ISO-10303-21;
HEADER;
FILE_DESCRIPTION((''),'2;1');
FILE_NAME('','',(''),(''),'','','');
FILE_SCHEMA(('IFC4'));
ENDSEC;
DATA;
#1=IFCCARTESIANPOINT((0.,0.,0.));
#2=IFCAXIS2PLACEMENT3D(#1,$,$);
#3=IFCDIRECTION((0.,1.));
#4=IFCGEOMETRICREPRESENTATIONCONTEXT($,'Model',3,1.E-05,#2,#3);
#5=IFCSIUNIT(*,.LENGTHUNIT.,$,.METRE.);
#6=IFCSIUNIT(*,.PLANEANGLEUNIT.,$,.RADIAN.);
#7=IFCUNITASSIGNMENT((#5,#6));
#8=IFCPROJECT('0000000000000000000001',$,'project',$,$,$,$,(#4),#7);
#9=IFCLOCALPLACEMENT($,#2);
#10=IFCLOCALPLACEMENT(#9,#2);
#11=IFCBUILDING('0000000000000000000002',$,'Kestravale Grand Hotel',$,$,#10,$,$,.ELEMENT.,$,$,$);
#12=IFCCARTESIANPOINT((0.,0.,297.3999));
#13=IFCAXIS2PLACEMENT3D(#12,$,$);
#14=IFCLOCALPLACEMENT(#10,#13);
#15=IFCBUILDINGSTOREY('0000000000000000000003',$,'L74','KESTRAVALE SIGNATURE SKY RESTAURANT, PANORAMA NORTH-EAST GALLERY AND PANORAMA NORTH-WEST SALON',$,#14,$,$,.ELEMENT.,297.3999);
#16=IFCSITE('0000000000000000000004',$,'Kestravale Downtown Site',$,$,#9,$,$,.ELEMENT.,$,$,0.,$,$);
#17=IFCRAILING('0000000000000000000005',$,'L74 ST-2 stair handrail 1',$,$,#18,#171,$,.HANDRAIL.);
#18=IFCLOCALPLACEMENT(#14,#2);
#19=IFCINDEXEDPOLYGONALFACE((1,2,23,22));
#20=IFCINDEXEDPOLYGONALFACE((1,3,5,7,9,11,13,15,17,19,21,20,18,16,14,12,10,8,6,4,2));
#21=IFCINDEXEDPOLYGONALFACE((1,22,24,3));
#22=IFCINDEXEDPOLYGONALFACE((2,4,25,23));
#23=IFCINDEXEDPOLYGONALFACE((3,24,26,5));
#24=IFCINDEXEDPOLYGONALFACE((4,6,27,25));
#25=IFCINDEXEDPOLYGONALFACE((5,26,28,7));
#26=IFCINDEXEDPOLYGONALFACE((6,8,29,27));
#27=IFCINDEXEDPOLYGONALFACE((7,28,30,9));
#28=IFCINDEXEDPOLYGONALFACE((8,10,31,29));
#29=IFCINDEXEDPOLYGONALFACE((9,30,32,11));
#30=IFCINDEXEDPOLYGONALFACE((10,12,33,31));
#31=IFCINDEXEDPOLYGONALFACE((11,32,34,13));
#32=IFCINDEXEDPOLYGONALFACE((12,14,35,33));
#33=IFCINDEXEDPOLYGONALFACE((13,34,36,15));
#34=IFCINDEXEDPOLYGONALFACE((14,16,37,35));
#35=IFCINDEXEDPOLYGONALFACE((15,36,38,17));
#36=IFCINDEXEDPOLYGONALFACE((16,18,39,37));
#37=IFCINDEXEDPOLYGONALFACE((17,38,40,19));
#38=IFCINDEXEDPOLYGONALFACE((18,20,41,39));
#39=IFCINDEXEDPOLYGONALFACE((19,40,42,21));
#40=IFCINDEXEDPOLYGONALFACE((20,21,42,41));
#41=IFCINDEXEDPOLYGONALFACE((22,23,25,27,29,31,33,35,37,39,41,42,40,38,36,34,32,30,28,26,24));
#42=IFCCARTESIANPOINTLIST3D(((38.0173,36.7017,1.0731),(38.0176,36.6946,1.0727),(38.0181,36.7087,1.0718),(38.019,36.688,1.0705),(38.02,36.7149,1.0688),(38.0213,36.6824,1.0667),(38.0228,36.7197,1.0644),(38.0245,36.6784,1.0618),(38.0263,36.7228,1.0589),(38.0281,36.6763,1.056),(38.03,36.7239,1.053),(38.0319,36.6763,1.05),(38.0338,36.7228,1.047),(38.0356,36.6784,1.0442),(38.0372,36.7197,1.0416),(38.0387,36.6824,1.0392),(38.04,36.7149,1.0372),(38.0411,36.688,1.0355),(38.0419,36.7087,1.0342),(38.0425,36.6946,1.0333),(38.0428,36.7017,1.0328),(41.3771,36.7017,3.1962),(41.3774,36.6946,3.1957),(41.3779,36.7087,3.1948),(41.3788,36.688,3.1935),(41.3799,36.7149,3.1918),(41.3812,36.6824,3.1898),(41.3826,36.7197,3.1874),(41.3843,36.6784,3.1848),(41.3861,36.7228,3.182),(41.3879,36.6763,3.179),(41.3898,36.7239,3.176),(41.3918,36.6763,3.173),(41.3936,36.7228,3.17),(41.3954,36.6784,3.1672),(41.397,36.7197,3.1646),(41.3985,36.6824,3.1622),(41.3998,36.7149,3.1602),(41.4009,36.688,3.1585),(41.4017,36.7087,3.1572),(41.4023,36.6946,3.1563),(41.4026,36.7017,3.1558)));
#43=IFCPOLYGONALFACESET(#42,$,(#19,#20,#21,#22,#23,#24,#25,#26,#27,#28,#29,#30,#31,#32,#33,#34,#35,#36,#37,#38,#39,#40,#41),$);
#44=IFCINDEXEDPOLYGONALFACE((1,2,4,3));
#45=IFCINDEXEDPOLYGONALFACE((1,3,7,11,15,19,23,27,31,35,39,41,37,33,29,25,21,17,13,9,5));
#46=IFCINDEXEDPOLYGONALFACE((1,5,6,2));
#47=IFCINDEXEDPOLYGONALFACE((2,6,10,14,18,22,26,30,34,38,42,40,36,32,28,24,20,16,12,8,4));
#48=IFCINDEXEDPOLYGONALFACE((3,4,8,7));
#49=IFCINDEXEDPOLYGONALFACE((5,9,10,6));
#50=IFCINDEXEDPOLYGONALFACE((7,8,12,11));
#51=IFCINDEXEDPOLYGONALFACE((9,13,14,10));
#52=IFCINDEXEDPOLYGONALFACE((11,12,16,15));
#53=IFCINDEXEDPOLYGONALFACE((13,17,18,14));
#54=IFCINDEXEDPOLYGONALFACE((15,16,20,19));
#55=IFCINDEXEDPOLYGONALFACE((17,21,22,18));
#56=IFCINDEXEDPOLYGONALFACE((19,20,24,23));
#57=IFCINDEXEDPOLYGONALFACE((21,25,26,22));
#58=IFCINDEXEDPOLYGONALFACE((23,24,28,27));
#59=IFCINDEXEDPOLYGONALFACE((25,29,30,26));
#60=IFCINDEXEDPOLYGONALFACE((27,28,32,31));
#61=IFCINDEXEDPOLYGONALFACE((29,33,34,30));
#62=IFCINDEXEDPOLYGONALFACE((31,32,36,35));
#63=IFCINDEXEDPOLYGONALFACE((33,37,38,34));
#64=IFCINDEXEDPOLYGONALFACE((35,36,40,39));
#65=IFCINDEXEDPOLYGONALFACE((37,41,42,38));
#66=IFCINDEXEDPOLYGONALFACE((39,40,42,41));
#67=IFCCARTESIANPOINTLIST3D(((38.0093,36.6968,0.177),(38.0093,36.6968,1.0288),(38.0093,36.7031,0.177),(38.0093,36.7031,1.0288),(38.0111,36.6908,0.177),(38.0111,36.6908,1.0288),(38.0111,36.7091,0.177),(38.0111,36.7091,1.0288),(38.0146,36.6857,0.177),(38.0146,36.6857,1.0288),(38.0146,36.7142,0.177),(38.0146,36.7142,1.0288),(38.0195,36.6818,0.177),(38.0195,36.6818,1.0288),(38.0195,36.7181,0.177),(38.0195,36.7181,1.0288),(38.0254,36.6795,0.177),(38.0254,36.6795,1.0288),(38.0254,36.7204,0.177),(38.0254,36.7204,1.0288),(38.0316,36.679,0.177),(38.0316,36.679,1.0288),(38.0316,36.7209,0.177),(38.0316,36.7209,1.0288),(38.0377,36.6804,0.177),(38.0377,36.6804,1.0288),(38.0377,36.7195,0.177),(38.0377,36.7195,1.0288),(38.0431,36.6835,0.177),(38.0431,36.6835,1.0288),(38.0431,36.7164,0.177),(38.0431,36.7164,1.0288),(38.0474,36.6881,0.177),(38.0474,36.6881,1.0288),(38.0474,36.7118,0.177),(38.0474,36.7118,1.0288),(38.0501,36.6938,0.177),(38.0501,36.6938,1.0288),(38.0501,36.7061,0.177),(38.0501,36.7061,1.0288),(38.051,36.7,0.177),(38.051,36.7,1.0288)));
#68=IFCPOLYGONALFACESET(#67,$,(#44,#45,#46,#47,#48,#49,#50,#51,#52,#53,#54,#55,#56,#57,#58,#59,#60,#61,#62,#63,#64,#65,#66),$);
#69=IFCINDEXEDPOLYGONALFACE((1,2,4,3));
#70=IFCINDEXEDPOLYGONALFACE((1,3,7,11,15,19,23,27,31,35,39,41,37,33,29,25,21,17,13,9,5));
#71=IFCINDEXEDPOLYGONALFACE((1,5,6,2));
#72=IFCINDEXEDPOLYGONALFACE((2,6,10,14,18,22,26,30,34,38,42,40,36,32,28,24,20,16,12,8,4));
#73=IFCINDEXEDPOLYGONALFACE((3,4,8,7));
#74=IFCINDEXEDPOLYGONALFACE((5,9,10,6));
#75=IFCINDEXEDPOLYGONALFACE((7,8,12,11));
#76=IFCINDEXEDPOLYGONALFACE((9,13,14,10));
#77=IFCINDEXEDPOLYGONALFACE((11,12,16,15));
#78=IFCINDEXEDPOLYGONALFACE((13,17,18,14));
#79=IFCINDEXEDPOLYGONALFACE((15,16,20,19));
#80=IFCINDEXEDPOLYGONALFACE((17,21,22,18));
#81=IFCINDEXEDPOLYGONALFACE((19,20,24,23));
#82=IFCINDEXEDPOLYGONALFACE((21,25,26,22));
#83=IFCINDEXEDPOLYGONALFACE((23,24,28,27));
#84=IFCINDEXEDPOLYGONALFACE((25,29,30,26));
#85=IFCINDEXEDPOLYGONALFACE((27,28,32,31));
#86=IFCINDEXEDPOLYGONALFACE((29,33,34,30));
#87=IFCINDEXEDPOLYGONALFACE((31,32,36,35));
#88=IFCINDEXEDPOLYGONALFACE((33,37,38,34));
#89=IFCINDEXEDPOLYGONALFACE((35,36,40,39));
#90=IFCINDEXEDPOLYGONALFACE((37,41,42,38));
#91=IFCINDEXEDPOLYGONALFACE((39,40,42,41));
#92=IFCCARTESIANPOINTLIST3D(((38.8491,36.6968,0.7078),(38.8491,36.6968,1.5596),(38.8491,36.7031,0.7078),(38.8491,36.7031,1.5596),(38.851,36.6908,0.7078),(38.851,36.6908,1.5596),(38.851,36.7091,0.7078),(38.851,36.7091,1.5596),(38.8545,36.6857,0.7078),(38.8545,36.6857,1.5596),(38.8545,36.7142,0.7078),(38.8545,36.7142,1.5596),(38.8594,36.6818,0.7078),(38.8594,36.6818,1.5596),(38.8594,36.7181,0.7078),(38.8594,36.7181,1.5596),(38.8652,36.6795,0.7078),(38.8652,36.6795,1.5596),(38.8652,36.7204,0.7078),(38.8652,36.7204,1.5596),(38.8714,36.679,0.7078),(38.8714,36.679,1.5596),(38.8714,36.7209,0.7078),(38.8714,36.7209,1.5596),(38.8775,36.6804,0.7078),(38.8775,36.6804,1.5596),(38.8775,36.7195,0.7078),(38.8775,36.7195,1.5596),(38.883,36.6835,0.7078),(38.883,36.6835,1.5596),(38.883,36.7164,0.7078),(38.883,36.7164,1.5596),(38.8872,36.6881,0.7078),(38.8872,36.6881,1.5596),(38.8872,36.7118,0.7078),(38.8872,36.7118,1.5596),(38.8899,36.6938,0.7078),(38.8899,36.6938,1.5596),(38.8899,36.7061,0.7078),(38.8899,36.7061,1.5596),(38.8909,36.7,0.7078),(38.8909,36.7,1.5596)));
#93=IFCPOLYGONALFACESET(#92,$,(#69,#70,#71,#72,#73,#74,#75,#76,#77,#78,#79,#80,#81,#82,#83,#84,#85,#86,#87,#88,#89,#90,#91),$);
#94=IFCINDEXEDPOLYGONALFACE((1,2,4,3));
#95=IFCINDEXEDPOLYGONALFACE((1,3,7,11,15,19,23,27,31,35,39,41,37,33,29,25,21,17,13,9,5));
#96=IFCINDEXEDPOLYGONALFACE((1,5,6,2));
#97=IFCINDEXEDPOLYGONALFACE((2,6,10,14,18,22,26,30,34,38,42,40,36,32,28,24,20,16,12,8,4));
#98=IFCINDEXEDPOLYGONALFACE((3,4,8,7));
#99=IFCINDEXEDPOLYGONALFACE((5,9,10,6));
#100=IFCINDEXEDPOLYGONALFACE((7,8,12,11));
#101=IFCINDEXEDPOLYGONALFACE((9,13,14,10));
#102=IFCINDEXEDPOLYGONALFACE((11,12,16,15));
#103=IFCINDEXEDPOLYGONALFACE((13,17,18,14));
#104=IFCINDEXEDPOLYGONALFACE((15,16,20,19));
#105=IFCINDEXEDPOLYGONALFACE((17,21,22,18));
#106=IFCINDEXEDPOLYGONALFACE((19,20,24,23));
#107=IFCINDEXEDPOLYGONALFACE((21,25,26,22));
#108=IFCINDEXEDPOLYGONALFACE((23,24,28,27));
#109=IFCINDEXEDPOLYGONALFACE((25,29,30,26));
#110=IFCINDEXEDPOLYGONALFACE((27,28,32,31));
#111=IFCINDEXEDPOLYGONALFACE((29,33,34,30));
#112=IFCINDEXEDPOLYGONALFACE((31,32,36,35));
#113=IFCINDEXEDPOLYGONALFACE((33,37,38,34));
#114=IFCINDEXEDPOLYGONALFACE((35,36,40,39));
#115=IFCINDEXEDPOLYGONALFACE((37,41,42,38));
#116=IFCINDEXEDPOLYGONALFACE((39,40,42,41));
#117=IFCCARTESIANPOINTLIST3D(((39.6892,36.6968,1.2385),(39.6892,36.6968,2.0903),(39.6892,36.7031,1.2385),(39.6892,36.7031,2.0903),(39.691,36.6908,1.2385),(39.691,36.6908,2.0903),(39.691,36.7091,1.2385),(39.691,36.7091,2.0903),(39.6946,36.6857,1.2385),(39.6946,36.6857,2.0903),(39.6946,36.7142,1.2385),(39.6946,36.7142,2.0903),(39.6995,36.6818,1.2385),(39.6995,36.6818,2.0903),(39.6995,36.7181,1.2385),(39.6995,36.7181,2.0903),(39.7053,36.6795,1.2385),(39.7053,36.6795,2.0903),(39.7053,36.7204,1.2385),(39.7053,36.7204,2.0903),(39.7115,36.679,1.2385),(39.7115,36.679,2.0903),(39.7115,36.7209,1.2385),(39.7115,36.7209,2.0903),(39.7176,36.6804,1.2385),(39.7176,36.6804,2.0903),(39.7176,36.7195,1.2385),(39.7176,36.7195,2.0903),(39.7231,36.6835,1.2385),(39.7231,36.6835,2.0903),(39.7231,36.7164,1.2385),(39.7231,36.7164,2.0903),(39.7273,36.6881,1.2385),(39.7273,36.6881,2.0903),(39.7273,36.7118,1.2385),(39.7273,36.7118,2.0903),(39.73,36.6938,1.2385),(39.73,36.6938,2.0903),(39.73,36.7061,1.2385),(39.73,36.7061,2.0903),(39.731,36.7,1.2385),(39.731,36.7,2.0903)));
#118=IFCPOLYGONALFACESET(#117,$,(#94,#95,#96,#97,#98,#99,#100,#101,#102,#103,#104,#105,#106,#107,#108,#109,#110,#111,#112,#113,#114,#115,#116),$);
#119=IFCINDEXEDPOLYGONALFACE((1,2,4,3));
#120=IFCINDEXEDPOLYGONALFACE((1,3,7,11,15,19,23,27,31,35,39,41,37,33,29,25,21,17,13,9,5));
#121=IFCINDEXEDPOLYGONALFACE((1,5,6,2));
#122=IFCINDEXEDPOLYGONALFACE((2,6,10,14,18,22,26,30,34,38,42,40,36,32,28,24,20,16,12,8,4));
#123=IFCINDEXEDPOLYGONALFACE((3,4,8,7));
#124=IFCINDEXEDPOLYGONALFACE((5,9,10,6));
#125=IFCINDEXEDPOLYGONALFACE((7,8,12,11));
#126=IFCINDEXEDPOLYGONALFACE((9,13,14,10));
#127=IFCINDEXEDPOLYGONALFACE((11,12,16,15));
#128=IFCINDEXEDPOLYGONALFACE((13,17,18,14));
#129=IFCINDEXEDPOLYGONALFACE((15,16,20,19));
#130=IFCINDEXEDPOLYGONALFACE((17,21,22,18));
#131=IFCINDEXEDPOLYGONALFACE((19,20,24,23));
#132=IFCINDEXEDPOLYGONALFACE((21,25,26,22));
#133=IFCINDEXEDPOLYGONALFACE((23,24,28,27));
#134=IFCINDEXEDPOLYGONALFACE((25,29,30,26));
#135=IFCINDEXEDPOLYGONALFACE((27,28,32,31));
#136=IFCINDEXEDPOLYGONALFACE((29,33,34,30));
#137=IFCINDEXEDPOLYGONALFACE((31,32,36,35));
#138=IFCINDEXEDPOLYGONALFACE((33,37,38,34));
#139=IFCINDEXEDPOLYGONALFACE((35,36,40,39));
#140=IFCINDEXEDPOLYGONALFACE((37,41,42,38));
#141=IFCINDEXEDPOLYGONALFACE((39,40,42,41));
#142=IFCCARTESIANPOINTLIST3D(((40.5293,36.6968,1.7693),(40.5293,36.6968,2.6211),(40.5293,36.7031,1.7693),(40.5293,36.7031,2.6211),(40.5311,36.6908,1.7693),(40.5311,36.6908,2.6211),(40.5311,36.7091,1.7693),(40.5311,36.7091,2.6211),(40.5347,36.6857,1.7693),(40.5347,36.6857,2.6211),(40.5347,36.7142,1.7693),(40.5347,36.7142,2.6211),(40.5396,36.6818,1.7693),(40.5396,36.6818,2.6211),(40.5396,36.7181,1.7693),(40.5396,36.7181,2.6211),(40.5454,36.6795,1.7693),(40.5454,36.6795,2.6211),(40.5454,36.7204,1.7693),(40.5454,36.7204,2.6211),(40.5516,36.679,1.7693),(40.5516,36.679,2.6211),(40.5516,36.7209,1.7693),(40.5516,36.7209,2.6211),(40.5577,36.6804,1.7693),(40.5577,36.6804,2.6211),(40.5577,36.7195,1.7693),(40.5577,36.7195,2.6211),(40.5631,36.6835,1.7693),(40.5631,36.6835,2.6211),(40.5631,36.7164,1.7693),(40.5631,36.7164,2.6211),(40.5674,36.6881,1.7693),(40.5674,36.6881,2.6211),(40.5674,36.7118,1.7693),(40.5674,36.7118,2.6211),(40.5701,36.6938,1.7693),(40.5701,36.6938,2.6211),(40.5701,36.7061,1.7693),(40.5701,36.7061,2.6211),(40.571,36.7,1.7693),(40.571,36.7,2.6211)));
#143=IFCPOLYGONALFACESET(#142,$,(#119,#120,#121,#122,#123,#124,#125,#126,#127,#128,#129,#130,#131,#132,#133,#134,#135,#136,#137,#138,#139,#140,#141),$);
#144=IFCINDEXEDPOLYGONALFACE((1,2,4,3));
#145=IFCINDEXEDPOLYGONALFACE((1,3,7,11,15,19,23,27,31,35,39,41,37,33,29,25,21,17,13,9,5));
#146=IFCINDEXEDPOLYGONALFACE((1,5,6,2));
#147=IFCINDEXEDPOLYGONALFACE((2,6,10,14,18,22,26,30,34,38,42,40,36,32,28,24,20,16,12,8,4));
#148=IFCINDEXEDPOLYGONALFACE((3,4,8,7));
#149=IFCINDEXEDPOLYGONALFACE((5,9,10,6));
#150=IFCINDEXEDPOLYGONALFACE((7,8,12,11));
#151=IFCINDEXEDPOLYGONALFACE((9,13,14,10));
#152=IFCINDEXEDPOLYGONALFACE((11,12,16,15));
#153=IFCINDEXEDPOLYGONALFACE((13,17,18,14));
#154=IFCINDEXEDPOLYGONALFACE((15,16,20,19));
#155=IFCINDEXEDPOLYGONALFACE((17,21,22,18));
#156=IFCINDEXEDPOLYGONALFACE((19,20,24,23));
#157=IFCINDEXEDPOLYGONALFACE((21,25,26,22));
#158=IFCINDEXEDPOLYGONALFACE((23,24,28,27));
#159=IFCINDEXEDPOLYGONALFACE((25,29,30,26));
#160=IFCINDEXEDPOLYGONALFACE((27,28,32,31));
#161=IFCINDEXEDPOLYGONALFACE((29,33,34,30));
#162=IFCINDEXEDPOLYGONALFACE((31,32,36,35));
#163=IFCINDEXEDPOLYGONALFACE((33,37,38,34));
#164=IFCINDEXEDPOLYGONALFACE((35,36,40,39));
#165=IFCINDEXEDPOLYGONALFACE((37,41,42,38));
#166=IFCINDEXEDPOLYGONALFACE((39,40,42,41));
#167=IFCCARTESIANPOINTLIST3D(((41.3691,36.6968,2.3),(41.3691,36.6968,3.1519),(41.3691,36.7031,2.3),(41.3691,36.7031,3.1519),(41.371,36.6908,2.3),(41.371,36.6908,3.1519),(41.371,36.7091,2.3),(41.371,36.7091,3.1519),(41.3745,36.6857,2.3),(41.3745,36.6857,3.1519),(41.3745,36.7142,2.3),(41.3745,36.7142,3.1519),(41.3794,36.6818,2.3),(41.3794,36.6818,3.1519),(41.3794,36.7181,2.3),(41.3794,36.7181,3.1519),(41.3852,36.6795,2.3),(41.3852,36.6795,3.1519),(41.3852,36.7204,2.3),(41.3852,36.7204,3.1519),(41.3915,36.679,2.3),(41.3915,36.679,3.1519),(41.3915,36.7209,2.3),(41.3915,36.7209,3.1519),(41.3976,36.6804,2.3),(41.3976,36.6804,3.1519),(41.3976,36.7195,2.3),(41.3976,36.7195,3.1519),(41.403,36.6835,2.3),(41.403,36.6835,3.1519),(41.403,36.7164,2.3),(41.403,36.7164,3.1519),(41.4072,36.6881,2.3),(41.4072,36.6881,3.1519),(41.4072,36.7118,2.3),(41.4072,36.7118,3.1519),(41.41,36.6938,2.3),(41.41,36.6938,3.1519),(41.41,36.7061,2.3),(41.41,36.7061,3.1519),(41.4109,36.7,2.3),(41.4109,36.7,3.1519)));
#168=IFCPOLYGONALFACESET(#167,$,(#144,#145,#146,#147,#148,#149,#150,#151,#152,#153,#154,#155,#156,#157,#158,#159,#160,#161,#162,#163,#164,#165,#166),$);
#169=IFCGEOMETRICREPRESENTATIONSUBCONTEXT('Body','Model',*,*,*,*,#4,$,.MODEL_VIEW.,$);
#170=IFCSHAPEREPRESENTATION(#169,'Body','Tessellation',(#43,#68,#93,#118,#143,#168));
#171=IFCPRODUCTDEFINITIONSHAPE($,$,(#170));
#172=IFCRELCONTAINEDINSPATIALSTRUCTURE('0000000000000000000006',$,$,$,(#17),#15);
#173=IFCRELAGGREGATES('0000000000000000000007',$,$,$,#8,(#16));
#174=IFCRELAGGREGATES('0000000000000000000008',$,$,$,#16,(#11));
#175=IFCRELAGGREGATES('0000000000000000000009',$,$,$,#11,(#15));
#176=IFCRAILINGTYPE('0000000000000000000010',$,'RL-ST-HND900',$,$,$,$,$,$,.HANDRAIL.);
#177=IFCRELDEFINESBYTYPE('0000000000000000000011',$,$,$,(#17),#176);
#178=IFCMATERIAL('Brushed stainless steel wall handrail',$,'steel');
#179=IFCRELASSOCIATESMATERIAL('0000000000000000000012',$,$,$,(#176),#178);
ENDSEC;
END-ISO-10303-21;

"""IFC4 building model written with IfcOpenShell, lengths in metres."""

from ifc_helpers import new_model, si_unit, direction, frame, origin, origin_2d, place, context, subcontext, project, spatial, circle, extrude, material, type_object, element, save


model = new_model("IFC4")

# Units and contexts
model_context = context("Model", 3, precision=1e-05, world=origin(), true_north=direction((0.0, 1.0)))
body_context = subcontext(model_context, "Body", "Model", "MODEL_VIEW")
ifc_project = project(units=[si_unit("LENGTHUNIT", "METRE"), si_unit("PLANEANGLEUNIT", "RADIAN")], contexts=[model_context])

# Site, building, storey
site_placement = place(None, origin())
site = spatial("IfcSite", under=ifc_project, at=site_placement, Name="Kestravale Downtown Site", CompositionType="ELEMENT", RefElevation=0.0)
building_placement = place(site_placement, origin())
building = spatial("IfcBuilding", under=site, at=building_placement, Name="Kestravale Grand Hotel", CompositionType="ELEMENT")
storey_placement = place(building_placement, frame((0.0, 0.0, 297.3999)))
storey = spatial("IfcBuildingStorey", under=building, at=storey_placement, Name="L74", Description="KESTRAVALE SIGNATURE SKY RESTAURANT, PANORAMA NORTH-EAST GALLERY AND PANORAMA NORTH-WEST SALON", CompositionType="ELEMENT", Elevation=297.3999)

# Railing
ifc_material_1 = material(Name="Brushed stainless steel wall handrail", Category="steel")
railing_type_1 = type_object("IfcRailingType", Name="RL-ST-HND900", PredefinedType="HANDRAIL", material=ifc_material_1)
railing_1_placement = place(storey_placement, frame((38.03, 36.7, 0.177)))
element("IfcRailing", 1, at=railing_1_placement, inside=storey, type_object=railing_type_1, Name="L74 ST-2 stair handrail 1", PredefinedType="HANDRAIL", context=body_context, shape_type="SweptSolid", body=[
    extrude(circle(Radius=0.0239, at=origin_2d()), frame((0.0, 0.0, 0.876), z_axis=(0.845372, 0.0, 0.534178), x_axis=(0.0, 1.0, 0.0)), (0.0, 0.0, 1.0), 3.9744),
    extrude(circle(Radius=0.021, at=origin_2d()), origin(), (0.0, 0.0, 1.0), 0.8518),
    extrude(circle(Radius=0.021, at=origin_2d()), frame((0.8398, 0.0, 0.5308)), (0.0, 0.0, 1.0), 0.8518),
    extrude(circle(Radius=0.021, at=origin_2d()), frame((1.6799, 0.0, 1.0615)), (0.0, 0.0, 1.0), 0.8518),
    extrude(circle(Radius=0.021, at=origin_2d()), frame((2.52, 0.0, 1.5923)), (0.0, 0.0, 1.0), 0.8518),
    extrude(circle(Radius=0.021, at=origin_2d()), frame((3.3599, 0.0, 2.123)), (0.0, 0.0, 1.0), 0.8518),
])

save(model, "model.ifc")
